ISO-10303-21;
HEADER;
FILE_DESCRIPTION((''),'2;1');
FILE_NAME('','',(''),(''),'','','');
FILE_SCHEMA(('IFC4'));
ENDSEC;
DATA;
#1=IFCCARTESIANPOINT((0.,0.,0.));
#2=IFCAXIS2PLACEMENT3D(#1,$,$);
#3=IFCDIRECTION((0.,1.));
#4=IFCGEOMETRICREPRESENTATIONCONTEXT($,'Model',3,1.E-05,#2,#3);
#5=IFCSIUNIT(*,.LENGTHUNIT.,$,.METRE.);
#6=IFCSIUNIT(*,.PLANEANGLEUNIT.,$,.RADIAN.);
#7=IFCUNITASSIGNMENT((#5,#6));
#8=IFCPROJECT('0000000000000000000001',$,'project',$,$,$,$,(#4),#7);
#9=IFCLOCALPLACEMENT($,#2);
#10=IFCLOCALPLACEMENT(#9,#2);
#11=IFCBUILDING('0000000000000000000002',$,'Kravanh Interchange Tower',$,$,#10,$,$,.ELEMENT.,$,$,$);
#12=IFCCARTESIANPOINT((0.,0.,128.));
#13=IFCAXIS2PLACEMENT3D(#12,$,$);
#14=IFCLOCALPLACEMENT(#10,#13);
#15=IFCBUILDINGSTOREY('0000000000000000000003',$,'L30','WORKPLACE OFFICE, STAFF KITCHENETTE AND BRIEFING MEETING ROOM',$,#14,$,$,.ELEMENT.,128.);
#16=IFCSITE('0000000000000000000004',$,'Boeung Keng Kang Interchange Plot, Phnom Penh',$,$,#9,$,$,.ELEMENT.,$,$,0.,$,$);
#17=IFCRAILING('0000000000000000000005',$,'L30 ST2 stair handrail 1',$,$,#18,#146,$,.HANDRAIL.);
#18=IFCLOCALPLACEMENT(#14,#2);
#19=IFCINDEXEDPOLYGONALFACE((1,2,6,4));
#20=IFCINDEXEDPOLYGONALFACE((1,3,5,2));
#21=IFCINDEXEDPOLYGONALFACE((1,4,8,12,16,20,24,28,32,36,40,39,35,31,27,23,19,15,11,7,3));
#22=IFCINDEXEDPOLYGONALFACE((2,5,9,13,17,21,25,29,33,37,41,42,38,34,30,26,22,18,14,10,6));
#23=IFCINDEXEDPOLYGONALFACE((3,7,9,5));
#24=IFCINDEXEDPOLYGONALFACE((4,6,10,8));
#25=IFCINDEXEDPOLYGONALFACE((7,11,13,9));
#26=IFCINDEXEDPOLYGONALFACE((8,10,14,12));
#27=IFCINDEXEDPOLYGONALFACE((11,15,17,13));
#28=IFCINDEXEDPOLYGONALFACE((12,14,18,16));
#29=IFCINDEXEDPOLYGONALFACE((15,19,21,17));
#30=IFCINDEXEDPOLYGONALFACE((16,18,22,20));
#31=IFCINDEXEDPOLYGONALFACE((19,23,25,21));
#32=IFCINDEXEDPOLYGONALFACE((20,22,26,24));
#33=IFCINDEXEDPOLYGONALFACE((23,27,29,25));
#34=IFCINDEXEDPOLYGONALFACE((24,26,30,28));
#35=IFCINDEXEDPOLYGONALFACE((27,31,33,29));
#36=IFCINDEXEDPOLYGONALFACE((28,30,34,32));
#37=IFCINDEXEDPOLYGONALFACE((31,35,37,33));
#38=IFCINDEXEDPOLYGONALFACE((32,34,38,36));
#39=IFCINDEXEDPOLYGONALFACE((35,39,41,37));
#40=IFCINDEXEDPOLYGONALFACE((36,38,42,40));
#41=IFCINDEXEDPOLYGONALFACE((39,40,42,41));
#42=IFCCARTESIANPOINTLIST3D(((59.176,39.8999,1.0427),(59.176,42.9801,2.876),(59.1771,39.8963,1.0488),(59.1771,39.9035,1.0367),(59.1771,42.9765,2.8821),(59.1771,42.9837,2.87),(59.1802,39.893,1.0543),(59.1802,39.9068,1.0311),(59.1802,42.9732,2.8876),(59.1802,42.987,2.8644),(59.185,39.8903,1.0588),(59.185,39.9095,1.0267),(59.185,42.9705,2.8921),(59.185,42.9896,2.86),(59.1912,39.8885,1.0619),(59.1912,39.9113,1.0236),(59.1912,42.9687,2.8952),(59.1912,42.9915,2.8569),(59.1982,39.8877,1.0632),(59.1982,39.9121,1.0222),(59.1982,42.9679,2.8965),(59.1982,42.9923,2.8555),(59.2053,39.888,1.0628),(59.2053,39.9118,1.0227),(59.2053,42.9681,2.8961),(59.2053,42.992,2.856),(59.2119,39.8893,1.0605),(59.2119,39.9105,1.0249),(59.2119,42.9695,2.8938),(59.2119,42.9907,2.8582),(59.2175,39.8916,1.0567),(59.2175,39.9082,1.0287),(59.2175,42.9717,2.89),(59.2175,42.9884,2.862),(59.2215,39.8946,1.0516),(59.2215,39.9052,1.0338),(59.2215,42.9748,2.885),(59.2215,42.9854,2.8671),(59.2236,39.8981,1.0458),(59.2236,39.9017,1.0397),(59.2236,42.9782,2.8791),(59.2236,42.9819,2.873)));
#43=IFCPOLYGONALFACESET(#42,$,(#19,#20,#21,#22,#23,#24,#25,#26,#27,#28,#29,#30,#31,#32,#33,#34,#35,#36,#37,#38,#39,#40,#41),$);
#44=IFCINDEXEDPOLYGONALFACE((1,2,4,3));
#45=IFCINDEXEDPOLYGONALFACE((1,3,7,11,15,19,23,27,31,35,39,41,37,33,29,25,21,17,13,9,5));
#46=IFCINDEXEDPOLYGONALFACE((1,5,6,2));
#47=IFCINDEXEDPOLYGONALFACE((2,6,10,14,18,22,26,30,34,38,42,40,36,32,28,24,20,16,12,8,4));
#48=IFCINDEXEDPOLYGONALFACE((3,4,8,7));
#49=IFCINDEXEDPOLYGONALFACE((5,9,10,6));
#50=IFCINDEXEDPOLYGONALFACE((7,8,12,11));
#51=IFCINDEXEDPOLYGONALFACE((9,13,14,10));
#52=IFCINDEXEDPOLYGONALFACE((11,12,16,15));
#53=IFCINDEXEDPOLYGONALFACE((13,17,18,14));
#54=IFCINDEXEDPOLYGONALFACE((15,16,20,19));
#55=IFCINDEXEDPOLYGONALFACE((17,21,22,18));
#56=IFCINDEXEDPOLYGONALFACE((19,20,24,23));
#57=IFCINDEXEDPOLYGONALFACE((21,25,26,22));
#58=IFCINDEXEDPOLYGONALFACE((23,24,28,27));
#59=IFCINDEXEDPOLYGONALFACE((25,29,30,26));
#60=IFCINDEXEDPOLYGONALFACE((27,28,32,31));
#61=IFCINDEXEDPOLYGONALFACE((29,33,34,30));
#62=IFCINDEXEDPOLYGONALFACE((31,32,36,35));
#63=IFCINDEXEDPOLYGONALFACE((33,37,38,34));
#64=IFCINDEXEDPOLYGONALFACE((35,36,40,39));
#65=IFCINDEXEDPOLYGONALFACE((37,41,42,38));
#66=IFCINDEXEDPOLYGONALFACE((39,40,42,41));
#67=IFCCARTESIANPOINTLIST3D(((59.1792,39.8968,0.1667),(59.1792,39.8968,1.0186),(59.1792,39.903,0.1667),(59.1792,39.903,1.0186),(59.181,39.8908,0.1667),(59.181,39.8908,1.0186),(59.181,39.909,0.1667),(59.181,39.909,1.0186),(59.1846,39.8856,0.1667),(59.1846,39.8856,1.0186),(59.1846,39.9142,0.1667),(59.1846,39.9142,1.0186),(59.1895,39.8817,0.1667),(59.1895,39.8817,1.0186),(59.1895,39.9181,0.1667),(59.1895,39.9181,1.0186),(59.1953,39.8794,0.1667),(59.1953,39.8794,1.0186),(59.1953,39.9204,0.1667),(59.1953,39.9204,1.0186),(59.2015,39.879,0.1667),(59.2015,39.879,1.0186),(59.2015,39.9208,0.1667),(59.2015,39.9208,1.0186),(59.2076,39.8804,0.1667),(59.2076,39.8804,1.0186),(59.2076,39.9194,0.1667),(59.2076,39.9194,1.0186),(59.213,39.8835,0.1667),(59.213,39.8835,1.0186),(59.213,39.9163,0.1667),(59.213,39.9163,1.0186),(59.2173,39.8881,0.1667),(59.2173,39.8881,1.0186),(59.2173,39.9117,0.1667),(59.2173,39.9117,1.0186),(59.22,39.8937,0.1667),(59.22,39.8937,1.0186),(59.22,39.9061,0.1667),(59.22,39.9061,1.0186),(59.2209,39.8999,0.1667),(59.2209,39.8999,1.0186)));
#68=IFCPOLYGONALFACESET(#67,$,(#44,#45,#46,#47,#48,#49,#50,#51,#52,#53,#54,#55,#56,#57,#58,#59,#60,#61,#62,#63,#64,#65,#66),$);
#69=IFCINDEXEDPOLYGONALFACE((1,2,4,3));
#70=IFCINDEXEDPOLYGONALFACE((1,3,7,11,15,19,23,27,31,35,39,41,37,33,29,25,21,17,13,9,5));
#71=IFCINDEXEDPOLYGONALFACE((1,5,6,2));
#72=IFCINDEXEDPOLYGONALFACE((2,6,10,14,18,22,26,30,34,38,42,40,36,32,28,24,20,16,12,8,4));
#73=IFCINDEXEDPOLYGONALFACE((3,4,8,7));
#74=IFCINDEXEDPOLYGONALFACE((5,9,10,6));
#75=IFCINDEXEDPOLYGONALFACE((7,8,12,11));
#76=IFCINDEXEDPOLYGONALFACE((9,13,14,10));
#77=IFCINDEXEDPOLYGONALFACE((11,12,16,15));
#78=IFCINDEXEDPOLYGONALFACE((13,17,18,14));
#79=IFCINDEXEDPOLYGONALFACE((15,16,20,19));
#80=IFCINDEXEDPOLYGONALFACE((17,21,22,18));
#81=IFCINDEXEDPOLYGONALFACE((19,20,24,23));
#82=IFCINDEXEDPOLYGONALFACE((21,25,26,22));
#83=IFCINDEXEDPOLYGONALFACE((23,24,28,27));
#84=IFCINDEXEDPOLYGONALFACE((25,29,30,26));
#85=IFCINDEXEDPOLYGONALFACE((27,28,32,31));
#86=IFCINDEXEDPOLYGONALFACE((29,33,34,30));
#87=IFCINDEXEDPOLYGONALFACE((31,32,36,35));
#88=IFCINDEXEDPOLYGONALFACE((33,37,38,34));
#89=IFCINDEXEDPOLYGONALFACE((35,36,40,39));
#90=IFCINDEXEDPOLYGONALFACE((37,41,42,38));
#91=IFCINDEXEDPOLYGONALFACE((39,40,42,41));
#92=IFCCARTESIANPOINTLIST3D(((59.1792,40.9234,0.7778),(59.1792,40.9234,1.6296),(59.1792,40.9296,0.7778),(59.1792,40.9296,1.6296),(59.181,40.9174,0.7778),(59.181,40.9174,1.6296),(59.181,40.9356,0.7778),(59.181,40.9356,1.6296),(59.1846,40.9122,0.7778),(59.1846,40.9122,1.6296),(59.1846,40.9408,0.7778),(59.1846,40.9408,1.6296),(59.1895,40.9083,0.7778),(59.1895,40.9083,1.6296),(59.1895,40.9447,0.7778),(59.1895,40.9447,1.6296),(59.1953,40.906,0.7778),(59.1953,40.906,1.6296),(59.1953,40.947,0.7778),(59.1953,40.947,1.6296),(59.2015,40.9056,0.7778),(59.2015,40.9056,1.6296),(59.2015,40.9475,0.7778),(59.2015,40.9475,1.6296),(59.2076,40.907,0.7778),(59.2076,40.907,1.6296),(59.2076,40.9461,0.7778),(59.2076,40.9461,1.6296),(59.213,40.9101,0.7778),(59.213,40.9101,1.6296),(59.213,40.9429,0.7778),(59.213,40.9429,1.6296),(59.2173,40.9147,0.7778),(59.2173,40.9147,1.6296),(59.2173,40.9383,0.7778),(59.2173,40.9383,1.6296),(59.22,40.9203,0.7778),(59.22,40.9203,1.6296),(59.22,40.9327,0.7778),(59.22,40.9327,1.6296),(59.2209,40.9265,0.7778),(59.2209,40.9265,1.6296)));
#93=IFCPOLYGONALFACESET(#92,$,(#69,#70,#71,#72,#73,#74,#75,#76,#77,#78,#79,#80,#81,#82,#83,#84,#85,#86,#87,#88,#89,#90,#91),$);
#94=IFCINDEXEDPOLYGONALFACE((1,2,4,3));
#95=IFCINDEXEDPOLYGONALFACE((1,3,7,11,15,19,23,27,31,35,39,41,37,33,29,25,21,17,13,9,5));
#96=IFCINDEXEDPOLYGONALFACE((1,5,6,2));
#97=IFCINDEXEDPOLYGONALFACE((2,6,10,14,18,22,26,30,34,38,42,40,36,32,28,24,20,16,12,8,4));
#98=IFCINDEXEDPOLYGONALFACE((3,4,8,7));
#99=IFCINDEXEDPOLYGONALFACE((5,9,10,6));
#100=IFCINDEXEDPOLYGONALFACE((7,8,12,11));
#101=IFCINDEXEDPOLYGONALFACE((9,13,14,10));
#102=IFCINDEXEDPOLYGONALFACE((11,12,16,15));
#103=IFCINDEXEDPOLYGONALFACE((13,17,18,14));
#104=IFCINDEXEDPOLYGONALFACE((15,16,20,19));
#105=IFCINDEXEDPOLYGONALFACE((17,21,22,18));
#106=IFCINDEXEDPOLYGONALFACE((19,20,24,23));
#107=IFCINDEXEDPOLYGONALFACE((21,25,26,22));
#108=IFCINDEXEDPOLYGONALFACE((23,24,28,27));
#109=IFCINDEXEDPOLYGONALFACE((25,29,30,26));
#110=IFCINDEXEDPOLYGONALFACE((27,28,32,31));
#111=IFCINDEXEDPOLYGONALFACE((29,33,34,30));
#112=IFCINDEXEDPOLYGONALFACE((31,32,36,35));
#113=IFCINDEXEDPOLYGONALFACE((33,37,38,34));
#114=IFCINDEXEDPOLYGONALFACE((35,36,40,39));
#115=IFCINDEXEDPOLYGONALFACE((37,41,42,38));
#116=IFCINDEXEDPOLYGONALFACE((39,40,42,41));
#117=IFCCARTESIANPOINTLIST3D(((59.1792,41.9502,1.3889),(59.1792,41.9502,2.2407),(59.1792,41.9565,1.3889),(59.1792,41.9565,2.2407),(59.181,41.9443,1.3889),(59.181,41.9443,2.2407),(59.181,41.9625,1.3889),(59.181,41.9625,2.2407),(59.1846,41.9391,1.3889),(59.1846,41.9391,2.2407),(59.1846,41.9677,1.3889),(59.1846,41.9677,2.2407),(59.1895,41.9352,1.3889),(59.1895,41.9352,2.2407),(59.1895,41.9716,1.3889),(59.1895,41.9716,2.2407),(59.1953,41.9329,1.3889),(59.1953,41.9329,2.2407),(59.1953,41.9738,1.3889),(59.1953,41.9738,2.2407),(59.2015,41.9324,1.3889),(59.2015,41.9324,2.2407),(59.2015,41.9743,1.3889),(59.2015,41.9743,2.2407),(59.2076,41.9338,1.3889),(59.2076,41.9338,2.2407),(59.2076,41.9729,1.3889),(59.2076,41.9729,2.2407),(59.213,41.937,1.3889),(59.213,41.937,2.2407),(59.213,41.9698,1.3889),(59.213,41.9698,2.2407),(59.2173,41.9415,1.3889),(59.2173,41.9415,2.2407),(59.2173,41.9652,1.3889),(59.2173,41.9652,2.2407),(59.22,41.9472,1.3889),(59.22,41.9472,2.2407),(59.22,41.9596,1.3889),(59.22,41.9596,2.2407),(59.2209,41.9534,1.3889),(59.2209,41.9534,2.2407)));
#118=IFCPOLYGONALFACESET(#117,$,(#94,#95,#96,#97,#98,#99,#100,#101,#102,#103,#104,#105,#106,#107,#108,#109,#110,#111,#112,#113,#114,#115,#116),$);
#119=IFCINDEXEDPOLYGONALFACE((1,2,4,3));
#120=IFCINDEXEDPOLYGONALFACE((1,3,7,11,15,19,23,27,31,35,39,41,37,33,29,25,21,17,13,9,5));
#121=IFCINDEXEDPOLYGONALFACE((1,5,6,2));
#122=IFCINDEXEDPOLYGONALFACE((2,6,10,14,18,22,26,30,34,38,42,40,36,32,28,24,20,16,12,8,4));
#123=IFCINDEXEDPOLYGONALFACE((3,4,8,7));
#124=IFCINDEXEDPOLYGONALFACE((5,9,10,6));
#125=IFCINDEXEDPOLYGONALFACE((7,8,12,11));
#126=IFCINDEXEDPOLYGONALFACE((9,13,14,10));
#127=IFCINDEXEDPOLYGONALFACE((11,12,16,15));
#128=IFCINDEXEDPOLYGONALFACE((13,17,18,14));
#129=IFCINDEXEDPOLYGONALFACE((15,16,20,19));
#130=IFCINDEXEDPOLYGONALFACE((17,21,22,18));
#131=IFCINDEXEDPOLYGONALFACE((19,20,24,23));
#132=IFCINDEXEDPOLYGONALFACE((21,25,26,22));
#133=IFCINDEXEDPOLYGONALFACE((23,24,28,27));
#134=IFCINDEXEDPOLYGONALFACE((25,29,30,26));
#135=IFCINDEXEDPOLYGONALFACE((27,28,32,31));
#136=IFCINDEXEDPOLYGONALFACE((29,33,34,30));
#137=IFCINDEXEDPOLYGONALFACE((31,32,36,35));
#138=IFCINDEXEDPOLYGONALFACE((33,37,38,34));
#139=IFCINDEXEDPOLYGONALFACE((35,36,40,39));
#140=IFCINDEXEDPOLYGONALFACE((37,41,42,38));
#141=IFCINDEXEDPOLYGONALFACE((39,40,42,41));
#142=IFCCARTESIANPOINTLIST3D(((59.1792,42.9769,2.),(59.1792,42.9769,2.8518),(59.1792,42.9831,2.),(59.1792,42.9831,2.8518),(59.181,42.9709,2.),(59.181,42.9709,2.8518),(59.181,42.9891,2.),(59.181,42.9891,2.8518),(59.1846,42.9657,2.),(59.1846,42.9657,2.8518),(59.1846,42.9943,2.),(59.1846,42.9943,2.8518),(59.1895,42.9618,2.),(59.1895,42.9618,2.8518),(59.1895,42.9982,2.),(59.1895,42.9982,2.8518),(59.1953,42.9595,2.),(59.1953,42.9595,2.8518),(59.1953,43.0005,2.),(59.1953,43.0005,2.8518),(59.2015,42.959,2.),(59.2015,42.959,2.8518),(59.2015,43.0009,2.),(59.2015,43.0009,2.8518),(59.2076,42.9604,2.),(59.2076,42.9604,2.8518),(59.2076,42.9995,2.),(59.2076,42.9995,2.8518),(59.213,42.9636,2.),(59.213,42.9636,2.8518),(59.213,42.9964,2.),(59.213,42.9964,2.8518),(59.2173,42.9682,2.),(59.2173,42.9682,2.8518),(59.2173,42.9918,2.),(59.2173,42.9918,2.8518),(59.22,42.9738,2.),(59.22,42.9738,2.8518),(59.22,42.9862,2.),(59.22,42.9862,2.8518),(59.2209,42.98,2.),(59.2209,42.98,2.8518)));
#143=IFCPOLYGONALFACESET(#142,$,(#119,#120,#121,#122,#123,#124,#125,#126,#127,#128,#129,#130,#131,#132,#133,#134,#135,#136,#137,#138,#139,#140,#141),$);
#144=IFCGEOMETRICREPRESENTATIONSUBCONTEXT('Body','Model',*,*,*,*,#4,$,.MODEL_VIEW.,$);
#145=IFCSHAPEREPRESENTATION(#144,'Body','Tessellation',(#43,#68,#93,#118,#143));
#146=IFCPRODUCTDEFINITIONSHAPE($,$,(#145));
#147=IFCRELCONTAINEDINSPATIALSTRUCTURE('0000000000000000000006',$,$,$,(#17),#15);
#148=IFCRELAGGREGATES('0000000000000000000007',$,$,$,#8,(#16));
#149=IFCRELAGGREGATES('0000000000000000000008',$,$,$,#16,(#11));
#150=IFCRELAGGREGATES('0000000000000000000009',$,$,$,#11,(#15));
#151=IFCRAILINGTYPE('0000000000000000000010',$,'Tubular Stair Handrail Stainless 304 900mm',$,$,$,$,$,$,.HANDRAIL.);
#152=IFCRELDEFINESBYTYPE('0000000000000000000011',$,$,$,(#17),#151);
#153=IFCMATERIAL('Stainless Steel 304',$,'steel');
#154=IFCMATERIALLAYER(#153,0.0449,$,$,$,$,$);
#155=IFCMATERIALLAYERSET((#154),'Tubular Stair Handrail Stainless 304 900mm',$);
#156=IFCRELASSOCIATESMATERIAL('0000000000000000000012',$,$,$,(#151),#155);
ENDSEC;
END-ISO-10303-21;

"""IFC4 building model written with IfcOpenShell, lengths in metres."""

from ifc_helpers import new_model, si_unit, direction, frame, origin, origin_2d, place, context, subcontext, project, spatial, circle, extrude, material, layer, layer_set, type_object, element, save


model = new_model("IFC4")

# Units and contexts
model_context = context("Model", 3, precision=1e-05, world=origin(), true_north=direction((0.0, 1.0)))
body_context = subcontext(model_context, "Body", "Model", "MODEL_VIEW")
ifc_project = project(units=[si_unit("LENGTHUNIT", "METRE"), si_unit("PLANEANGLEUNIT", "RADIAN")], contexts=[model_context])

# Site, building, storey
site_placement = place(None, origin())
site = spatial("IfcSite", under=ifc_project, at=site_placement, Name="Boeung Keng Kang Interchange Plot, Phnom Penh", CompositionType="ELEMENT", RefElevation=0.0)
building_placement = place(site_placement, origin())
building = spatial("IfcBuilding", under=site, at=building_placement, Name="Kravanh Interchange Tower", CompositionType="ELEMENT")
storey_placement = place(building_placement, frame((0.0, 0.0, 128.0)))
storey = spatial("IfcBuildingStorey", under=building, at=storey_placement, Name="L30", Description="WORKPLACE OFFICE, STAFF KITCHENETTE AND BRIEFING MEETING ROOM", CompositionType="ELEMENT", Elevation=128.0)

# Railing
ifc_material_1 = material(Name="Stainless Steel 304", Category="steel")
ifc_layer_1 = layer(ifc_material_1, 0.0449)
ifc_layer_set_1 = layer_set([ifc_layer_1], Name="Tubular Stair Handrail Stainless 304 900mm")
railing_type_1 = type_object("IfcRailingType", Name="Tubular Stair Handrail Stainless 304 900mm", PredefinedType="HANDRAIL", material=ifc_layer_set_1)
railing_1_placement = place(storey_placement, frame((59.2, 39.8999, 0.1667)))
element("IfcRailing", 1, at=railing_1_placement, inside=storey, type_object=railing_type_1, Name="L30 ST2 stair handrail 1", PredefinedType="HANDRAIL", context=body_context, shape_type="SweptSolid", body=[
    extrude(circle(Radius=0.0239, at=origin_2d()), frame((0.0, 0.0, 0.876), z_axis=(0.0, 0.859309, 0.511458), x_axis=(-1.0, 0.0, 0.0)), (0.0, 0.0, 1.0), 3.5845),
    extrude(circle(Radius=0.021, at=origin_2d()), origin(), (0.0, 0.0, 1.0), 0.8518),
    extrude(circle(Radius=0.021, at=origin_2d()), frame((0.0, 1.0266, 0.6111)), (0.0, 0.0, 1.0), 0.8518),
    extrude(circle(Radius=0.021, at=origin_2d()), frame((0.0, 2.0535, 1.2222)), (0.0, 0.0, 1.0), 0.8518),
    extrude(circle(Radius=0.021, at=origin_2d()), frame((0.0, 3.0801, 1.8333)), (0.0, 0.0, 1.0), 0.8518),
])

save(model, "model.ifc")
